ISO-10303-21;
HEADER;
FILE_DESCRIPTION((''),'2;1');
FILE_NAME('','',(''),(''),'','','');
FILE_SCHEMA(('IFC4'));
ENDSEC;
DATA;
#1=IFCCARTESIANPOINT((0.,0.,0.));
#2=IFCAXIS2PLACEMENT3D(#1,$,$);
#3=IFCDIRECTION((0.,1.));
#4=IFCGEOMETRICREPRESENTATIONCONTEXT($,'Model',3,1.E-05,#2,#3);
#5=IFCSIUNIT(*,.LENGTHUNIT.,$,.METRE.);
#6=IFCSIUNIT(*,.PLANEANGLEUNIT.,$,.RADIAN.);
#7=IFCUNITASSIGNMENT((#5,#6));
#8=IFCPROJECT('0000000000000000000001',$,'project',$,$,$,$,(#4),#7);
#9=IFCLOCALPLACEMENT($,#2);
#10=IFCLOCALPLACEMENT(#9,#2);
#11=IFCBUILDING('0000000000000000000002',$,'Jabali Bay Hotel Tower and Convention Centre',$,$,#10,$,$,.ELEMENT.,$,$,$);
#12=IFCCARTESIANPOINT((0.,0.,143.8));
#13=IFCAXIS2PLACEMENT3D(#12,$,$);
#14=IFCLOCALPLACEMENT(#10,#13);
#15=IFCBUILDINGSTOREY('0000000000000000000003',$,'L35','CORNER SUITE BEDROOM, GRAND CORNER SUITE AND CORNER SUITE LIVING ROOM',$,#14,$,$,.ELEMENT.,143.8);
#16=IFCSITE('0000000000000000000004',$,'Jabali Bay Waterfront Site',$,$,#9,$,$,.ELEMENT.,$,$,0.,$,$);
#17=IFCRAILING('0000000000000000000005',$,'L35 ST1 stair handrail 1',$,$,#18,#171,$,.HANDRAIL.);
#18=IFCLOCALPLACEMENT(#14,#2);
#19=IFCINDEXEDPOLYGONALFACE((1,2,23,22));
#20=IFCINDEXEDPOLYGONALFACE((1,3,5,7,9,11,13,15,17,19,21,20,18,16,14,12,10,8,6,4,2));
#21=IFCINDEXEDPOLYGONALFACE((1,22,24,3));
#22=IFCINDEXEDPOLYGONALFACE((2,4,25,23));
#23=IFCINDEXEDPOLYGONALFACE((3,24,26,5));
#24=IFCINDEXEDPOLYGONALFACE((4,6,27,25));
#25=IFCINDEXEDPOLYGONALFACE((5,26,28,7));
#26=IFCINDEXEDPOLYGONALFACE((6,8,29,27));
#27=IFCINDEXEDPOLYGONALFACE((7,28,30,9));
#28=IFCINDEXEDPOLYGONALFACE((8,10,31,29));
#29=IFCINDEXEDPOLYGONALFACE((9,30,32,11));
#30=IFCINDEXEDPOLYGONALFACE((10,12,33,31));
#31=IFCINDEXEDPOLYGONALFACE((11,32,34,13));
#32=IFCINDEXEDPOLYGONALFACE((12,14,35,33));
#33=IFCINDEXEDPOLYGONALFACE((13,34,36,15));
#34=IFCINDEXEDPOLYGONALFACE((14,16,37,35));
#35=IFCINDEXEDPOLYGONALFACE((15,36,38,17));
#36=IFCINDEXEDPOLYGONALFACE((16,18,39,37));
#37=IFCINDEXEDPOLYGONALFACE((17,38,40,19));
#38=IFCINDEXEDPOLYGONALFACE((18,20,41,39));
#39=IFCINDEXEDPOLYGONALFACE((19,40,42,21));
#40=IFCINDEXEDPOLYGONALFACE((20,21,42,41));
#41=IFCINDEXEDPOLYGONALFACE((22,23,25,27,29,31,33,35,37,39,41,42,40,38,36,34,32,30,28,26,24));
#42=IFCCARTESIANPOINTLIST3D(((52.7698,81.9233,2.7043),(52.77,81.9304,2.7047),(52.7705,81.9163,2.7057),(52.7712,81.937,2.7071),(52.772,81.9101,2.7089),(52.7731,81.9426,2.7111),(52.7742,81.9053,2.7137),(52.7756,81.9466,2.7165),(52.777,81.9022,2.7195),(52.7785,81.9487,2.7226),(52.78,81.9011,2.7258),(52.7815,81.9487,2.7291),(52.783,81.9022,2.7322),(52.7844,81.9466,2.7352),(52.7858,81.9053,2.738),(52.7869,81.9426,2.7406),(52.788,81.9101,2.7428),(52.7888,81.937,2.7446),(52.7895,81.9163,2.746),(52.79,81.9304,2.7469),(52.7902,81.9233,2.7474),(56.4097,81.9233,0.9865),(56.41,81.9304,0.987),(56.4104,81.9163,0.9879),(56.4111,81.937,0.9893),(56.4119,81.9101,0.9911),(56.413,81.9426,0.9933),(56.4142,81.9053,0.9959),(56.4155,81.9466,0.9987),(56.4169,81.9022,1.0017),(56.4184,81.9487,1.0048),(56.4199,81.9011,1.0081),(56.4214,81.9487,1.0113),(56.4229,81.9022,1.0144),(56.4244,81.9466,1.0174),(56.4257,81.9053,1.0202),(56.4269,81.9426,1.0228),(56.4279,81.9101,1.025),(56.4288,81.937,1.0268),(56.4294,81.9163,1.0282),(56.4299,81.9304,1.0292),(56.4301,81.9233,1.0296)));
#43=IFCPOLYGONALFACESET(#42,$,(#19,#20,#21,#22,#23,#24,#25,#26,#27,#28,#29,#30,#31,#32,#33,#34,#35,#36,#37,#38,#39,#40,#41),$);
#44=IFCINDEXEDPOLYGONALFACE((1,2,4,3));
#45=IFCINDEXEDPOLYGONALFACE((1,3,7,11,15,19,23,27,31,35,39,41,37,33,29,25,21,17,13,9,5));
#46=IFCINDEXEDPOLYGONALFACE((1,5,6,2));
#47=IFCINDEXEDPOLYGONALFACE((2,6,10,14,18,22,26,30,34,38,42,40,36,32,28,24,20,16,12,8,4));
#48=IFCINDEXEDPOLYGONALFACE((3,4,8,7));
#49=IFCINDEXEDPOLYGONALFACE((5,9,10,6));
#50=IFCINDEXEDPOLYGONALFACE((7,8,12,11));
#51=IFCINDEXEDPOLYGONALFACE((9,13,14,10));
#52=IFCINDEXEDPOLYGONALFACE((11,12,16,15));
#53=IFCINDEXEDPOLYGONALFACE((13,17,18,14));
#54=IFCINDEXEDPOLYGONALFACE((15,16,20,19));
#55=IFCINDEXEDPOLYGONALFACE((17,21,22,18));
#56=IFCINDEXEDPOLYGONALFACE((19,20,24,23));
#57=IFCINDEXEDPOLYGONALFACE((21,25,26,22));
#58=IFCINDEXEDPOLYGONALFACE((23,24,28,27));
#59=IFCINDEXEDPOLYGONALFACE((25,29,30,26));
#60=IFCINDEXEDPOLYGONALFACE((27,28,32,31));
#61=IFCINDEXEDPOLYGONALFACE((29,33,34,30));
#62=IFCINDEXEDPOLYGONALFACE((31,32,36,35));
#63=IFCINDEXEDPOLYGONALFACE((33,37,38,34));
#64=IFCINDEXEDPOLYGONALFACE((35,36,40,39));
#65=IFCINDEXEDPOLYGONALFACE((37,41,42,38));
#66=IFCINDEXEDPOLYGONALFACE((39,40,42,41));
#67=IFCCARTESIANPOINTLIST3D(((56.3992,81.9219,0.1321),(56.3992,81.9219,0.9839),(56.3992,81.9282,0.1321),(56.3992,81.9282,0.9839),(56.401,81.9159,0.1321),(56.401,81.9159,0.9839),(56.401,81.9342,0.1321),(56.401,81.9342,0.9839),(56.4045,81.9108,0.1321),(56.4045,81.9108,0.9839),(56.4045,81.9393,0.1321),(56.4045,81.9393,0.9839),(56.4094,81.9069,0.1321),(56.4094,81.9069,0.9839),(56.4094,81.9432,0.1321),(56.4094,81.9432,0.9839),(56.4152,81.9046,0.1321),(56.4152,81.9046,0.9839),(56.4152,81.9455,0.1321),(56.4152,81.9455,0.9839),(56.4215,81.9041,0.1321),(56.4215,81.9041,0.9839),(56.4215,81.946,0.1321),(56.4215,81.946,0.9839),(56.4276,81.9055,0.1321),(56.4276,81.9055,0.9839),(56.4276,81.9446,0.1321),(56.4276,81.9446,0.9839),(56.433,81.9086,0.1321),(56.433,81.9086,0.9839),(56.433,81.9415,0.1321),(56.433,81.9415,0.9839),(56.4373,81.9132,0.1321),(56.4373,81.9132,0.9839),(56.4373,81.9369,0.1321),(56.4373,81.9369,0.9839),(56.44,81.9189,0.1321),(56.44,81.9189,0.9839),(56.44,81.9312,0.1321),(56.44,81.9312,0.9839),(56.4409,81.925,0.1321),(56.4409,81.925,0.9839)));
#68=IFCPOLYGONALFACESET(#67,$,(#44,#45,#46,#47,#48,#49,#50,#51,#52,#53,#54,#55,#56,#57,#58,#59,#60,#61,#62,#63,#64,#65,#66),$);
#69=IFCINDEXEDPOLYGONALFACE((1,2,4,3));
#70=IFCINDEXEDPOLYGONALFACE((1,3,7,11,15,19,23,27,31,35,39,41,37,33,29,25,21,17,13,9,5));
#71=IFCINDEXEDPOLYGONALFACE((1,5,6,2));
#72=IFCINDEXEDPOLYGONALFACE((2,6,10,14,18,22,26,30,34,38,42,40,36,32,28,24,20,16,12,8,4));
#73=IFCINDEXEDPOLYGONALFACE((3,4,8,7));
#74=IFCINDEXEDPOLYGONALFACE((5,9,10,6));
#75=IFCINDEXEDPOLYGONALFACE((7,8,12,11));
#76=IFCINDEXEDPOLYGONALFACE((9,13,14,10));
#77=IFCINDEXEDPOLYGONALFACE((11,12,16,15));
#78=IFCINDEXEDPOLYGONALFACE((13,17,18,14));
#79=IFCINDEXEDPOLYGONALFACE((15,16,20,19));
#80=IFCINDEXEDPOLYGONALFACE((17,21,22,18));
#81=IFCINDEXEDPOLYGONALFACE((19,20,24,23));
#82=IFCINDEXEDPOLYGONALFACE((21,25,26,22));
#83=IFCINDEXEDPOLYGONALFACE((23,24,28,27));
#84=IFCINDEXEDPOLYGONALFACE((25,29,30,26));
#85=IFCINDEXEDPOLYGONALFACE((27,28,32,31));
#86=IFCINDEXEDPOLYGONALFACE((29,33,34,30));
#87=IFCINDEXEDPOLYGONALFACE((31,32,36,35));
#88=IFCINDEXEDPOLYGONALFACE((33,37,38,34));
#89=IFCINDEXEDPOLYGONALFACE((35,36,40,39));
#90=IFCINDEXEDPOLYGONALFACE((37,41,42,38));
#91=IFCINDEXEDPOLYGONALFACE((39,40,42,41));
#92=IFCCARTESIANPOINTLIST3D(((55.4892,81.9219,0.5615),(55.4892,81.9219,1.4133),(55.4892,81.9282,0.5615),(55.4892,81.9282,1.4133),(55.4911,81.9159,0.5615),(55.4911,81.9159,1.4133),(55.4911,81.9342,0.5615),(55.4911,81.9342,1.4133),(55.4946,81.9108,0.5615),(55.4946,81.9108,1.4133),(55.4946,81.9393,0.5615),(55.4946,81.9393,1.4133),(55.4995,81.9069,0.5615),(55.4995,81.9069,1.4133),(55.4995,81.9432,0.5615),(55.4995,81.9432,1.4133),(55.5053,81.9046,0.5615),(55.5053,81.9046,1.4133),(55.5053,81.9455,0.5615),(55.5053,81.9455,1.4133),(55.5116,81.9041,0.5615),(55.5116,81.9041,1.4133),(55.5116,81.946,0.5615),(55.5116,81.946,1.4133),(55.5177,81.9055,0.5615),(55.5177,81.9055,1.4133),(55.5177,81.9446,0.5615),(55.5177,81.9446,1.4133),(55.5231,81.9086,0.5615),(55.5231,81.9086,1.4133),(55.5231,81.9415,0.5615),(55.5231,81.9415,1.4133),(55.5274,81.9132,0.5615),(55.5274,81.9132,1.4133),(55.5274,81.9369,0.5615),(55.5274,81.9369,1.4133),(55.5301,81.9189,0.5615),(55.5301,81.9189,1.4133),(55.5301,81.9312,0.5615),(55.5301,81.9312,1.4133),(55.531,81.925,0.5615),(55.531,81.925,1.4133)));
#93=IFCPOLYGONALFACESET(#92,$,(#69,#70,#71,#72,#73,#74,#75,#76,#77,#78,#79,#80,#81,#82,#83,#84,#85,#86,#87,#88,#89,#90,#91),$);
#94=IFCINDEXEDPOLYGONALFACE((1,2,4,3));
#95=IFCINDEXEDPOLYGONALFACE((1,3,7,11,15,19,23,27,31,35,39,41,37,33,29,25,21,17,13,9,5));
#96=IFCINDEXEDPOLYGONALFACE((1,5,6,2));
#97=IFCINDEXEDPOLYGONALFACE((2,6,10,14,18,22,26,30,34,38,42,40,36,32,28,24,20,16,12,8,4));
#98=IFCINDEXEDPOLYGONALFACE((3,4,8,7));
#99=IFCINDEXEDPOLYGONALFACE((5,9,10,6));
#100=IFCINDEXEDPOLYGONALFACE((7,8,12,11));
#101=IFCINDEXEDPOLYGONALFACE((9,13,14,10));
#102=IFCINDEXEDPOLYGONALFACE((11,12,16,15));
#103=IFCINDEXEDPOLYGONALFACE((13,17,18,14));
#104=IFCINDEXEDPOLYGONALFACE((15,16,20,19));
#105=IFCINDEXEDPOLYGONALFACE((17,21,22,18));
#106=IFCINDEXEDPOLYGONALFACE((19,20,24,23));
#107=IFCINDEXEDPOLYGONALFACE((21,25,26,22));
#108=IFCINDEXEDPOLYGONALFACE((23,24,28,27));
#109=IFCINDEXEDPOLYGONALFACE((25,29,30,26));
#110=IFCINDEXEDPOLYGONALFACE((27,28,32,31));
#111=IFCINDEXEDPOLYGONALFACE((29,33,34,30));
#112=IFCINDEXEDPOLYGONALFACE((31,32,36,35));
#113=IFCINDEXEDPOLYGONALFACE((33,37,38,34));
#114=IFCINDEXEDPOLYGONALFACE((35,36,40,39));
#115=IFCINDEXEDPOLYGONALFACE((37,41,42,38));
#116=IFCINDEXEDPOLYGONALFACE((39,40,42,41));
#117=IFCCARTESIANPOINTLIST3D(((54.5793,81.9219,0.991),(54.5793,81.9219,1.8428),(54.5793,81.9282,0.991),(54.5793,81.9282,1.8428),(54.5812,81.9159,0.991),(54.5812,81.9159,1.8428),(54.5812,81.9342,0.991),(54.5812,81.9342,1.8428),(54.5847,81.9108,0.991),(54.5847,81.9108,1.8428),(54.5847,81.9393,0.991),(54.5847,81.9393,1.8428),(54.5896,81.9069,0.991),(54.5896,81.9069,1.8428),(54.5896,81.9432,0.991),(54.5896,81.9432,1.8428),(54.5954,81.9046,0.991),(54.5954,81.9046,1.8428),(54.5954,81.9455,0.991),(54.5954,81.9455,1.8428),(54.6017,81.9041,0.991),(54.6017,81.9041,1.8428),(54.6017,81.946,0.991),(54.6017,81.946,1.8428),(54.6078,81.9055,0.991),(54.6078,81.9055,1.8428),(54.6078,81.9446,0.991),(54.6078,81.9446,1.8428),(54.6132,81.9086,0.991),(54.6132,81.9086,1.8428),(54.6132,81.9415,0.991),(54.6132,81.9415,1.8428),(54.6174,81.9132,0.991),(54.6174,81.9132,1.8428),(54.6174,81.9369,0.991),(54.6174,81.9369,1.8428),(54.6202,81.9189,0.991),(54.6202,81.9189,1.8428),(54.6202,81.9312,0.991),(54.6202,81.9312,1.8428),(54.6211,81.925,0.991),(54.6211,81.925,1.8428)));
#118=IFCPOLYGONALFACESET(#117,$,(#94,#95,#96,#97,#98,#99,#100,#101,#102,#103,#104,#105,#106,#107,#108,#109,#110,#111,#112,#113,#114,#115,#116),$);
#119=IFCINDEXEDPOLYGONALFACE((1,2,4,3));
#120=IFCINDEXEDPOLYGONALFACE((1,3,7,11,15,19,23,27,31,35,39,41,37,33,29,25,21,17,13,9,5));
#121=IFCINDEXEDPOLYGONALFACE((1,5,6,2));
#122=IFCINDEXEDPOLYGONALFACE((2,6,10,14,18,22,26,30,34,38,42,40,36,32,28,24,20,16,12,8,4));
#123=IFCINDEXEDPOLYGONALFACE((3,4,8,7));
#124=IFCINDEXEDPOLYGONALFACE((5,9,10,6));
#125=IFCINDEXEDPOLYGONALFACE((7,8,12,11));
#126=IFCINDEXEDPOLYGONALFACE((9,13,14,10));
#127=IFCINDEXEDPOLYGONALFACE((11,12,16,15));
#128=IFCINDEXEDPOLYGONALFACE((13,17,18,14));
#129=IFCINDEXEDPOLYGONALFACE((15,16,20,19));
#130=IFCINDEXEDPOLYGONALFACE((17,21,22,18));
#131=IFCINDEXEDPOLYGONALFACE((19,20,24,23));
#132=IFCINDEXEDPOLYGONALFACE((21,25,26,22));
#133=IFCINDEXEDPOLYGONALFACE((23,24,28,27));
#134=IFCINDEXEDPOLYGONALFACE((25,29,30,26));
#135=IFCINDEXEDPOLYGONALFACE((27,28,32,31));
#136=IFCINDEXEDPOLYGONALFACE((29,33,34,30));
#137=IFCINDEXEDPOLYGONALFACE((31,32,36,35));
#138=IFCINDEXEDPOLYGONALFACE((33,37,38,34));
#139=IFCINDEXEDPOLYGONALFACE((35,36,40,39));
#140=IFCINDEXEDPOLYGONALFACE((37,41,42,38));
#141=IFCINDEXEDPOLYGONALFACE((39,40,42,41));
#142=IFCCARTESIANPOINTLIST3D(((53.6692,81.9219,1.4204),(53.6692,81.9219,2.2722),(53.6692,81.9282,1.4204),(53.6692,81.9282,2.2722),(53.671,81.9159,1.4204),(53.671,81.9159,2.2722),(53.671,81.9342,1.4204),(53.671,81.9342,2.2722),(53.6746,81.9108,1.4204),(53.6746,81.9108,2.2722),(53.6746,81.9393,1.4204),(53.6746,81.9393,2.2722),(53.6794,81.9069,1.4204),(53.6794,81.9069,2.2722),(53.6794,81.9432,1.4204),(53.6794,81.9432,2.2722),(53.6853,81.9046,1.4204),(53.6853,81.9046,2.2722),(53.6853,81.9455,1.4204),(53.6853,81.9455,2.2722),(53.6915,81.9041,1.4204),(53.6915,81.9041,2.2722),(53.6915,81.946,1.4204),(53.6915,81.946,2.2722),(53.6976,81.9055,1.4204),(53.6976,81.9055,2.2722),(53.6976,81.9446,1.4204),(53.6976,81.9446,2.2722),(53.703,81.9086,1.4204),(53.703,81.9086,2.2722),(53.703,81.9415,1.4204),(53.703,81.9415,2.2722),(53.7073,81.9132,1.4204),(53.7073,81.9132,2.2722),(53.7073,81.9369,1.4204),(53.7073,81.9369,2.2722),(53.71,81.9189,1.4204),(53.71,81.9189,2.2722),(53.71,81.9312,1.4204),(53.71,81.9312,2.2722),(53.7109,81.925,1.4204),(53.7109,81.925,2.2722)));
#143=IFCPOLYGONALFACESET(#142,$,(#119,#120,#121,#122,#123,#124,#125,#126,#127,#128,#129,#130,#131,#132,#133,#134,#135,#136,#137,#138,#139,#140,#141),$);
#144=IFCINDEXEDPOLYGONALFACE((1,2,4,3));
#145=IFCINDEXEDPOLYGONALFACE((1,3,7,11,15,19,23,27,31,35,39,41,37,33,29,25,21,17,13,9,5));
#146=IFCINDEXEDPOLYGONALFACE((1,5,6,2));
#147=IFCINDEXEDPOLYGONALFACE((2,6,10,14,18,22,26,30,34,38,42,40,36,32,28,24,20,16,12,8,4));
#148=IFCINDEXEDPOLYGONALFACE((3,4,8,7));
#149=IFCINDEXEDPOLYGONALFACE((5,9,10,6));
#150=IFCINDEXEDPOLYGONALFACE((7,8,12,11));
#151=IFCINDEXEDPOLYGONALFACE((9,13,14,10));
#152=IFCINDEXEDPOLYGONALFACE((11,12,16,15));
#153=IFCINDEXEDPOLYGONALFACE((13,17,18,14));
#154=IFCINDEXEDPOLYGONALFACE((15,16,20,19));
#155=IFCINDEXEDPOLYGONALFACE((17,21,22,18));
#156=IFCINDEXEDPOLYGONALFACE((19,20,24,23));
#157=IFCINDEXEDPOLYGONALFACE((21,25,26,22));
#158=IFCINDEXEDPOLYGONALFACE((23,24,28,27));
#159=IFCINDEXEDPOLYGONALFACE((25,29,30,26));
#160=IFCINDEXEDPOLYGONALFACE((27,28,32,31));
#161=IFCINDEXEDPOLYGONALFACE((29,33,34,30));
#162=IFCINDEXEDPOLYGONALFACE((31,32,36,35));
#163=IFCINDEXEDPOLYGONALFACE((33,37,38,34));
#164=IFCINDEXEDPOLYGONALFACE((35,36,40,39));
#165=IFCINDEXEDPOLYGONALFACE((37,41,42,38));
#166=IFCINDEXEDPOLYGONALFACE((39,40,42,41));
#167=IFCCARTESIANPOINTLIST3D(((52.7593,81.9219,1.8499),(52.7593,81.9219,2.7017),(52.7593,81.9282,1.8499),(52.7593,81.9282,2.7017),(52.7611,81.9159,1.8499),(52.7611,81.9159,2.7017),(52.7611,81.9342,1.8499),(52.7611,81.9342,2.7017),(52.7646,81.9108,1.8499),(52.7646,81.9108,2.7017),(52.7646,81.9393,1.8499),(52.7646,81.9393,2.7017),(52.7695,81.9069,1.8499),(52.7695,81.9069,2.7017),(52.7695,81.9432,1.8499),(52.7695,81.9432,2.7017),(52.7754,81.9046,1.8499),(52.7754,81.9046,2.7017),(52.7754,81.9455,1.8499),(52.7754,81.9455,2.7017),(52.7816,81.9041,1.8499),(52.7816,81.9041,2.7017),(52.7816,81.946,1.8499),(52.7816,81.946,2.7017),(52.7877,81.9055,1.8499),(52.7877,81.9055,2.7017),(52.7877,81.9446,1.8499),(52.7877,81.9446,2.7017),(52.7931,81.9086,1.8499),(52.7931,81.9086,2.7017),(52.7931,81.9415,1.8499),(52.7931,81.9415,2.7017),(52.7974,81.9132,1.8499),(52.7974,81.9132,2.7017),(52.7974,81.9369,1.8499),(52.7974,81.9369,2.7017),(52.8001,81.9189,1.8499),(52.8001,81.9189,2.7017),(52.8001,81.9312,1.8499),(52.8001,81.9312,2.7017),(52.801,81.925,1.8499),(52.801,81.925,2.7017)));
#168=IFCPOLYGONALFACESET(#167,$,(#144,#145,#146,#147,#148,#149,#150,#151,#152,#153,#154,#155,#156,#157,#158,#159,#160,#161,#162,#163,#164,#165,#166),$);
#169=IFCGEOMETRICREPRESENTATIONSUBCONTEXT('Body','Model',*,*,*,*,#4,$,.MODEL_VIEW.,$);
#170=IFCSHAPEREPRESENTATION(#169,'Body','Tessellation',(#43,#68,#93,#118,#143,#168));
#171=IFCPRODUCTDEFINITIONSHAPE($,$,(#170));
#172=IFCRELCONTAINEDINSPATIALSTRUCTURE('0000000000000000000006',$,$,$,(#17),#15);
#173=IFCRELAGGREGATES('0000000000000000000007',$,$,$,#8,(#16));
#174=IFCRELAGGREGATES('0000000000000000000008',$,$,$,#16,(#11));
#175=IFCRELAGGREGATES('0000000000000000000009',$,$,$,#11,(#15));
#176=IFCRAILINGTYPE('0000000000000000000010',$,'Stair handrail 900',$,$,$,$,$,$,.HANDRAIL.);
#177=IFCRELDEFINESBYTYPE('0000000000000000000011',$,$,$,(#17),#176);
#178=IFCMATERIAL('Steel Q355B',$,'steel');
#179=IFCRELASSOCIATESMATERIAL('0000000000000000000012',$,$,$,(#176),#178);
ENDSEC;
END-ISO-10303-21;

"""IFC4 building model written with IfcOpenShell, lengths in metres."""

from ifc_helpers import new_model, si_unit, direction, frame, origin, origin_2d, place, context, subcontext, project, spatial, circle, extrude, material, type_object, element, save


model = new_model("IFC4")

# Units and contexts
model_context = context("Model", 3, precision=1e-05, world=origin(), true_north=direction((0.0, 1.0)))
body_context = subcontext(model_context, "Body", "Model", "MODEL_VIEW")
ifc_project = project(units=[si_unit("LENGTHUNIT", "METRE"), si_unit("PLANEANGLEUNIT", "RADIAN")], contexts=[model_context])

# Site, building, storey
site_placement = place(None, origin())
site = spatial("IfcSite", under=ifc_project, at=site_placement, Name="Jabali Bay Waterfront Site", CompositionType="ELEMENT", RefElevation=0.0)
building_placement = place(site_placement, origin())
building = spatial("IfcBuilding", under=site, at=building_placement, Name="Jabali Bay Hotel Tower and Convention Centre", CompositionType="ELEMENT")
storey_placement = place(building_placement, frame((0.0, 0.0, 143.8)))
storey = spatial("IfcBuildingStorey", under=building, at=storey_placement, Name="L35", Description="CORNER SUITE BEDROOM, GRAND CORNER SUITE AND CORNER SUITE LIVING ROOM", CompositionType="ELEMENT", Elevation=143.8)

# Railing
ifc_material_1 = material(Name="Steel Q355B", Category="steel")
railing_type_1 = type_object("IfcRailingType", Name="Stair handrail 900", PredefinedType="HANDRAIL", material=ifc_material_1)
railing_1_placement = place(storey_placement, frame((56.4199, 81.925, 0.1321)))
element("IfcRailing", 1, at=railing_1_placement, inside=storey, type_object=railing_type_1, Name="L35 ST1 stair handrail 1", PredefinedType="HANDRAIL", context=body_context, shape_type="SweptSolid", body=[
    extrude(circle(Radius=0.0239, at=origin_2d()), frame((0.0, 0.0, 0.876), z_axis=(-0.904351, 0.0, 0.42679), x_axis=(0.0, -1.0, 0.0)), (0.0, 0.0, 1.0), 4.0249),
    extrude(circle(Radius=0.021, at=origin_2d()), origin(), (0.0, 0.0, 1.0), 0.8518),
    extrude(circle(Radius=0.021, at=origin_2d()), frame((-0.9099, 0.0, 0.4294)), (0.0, 0.0, 1.0), 0.8518),
    extrude(circle(Radius=0.021, at=origin_2d()), frame((-1.8198, 0.0, 0.8589)), (0.0, 0.0, 1.0), 0.8518),
    extrude(circle(Radius=0.021, at=origin_2d()), frame((-2.73, 0.0, 1.2883)), (0.0, 0.0, 1.0), 0.8518),
    extrude(circle(Radius=0.021, at=origin_2d()), frame((-3.6399, 0.0, 1.7178)), (0.0, 0.0, 1.0), 0.8518),
])

save(model, "model.ifc")
